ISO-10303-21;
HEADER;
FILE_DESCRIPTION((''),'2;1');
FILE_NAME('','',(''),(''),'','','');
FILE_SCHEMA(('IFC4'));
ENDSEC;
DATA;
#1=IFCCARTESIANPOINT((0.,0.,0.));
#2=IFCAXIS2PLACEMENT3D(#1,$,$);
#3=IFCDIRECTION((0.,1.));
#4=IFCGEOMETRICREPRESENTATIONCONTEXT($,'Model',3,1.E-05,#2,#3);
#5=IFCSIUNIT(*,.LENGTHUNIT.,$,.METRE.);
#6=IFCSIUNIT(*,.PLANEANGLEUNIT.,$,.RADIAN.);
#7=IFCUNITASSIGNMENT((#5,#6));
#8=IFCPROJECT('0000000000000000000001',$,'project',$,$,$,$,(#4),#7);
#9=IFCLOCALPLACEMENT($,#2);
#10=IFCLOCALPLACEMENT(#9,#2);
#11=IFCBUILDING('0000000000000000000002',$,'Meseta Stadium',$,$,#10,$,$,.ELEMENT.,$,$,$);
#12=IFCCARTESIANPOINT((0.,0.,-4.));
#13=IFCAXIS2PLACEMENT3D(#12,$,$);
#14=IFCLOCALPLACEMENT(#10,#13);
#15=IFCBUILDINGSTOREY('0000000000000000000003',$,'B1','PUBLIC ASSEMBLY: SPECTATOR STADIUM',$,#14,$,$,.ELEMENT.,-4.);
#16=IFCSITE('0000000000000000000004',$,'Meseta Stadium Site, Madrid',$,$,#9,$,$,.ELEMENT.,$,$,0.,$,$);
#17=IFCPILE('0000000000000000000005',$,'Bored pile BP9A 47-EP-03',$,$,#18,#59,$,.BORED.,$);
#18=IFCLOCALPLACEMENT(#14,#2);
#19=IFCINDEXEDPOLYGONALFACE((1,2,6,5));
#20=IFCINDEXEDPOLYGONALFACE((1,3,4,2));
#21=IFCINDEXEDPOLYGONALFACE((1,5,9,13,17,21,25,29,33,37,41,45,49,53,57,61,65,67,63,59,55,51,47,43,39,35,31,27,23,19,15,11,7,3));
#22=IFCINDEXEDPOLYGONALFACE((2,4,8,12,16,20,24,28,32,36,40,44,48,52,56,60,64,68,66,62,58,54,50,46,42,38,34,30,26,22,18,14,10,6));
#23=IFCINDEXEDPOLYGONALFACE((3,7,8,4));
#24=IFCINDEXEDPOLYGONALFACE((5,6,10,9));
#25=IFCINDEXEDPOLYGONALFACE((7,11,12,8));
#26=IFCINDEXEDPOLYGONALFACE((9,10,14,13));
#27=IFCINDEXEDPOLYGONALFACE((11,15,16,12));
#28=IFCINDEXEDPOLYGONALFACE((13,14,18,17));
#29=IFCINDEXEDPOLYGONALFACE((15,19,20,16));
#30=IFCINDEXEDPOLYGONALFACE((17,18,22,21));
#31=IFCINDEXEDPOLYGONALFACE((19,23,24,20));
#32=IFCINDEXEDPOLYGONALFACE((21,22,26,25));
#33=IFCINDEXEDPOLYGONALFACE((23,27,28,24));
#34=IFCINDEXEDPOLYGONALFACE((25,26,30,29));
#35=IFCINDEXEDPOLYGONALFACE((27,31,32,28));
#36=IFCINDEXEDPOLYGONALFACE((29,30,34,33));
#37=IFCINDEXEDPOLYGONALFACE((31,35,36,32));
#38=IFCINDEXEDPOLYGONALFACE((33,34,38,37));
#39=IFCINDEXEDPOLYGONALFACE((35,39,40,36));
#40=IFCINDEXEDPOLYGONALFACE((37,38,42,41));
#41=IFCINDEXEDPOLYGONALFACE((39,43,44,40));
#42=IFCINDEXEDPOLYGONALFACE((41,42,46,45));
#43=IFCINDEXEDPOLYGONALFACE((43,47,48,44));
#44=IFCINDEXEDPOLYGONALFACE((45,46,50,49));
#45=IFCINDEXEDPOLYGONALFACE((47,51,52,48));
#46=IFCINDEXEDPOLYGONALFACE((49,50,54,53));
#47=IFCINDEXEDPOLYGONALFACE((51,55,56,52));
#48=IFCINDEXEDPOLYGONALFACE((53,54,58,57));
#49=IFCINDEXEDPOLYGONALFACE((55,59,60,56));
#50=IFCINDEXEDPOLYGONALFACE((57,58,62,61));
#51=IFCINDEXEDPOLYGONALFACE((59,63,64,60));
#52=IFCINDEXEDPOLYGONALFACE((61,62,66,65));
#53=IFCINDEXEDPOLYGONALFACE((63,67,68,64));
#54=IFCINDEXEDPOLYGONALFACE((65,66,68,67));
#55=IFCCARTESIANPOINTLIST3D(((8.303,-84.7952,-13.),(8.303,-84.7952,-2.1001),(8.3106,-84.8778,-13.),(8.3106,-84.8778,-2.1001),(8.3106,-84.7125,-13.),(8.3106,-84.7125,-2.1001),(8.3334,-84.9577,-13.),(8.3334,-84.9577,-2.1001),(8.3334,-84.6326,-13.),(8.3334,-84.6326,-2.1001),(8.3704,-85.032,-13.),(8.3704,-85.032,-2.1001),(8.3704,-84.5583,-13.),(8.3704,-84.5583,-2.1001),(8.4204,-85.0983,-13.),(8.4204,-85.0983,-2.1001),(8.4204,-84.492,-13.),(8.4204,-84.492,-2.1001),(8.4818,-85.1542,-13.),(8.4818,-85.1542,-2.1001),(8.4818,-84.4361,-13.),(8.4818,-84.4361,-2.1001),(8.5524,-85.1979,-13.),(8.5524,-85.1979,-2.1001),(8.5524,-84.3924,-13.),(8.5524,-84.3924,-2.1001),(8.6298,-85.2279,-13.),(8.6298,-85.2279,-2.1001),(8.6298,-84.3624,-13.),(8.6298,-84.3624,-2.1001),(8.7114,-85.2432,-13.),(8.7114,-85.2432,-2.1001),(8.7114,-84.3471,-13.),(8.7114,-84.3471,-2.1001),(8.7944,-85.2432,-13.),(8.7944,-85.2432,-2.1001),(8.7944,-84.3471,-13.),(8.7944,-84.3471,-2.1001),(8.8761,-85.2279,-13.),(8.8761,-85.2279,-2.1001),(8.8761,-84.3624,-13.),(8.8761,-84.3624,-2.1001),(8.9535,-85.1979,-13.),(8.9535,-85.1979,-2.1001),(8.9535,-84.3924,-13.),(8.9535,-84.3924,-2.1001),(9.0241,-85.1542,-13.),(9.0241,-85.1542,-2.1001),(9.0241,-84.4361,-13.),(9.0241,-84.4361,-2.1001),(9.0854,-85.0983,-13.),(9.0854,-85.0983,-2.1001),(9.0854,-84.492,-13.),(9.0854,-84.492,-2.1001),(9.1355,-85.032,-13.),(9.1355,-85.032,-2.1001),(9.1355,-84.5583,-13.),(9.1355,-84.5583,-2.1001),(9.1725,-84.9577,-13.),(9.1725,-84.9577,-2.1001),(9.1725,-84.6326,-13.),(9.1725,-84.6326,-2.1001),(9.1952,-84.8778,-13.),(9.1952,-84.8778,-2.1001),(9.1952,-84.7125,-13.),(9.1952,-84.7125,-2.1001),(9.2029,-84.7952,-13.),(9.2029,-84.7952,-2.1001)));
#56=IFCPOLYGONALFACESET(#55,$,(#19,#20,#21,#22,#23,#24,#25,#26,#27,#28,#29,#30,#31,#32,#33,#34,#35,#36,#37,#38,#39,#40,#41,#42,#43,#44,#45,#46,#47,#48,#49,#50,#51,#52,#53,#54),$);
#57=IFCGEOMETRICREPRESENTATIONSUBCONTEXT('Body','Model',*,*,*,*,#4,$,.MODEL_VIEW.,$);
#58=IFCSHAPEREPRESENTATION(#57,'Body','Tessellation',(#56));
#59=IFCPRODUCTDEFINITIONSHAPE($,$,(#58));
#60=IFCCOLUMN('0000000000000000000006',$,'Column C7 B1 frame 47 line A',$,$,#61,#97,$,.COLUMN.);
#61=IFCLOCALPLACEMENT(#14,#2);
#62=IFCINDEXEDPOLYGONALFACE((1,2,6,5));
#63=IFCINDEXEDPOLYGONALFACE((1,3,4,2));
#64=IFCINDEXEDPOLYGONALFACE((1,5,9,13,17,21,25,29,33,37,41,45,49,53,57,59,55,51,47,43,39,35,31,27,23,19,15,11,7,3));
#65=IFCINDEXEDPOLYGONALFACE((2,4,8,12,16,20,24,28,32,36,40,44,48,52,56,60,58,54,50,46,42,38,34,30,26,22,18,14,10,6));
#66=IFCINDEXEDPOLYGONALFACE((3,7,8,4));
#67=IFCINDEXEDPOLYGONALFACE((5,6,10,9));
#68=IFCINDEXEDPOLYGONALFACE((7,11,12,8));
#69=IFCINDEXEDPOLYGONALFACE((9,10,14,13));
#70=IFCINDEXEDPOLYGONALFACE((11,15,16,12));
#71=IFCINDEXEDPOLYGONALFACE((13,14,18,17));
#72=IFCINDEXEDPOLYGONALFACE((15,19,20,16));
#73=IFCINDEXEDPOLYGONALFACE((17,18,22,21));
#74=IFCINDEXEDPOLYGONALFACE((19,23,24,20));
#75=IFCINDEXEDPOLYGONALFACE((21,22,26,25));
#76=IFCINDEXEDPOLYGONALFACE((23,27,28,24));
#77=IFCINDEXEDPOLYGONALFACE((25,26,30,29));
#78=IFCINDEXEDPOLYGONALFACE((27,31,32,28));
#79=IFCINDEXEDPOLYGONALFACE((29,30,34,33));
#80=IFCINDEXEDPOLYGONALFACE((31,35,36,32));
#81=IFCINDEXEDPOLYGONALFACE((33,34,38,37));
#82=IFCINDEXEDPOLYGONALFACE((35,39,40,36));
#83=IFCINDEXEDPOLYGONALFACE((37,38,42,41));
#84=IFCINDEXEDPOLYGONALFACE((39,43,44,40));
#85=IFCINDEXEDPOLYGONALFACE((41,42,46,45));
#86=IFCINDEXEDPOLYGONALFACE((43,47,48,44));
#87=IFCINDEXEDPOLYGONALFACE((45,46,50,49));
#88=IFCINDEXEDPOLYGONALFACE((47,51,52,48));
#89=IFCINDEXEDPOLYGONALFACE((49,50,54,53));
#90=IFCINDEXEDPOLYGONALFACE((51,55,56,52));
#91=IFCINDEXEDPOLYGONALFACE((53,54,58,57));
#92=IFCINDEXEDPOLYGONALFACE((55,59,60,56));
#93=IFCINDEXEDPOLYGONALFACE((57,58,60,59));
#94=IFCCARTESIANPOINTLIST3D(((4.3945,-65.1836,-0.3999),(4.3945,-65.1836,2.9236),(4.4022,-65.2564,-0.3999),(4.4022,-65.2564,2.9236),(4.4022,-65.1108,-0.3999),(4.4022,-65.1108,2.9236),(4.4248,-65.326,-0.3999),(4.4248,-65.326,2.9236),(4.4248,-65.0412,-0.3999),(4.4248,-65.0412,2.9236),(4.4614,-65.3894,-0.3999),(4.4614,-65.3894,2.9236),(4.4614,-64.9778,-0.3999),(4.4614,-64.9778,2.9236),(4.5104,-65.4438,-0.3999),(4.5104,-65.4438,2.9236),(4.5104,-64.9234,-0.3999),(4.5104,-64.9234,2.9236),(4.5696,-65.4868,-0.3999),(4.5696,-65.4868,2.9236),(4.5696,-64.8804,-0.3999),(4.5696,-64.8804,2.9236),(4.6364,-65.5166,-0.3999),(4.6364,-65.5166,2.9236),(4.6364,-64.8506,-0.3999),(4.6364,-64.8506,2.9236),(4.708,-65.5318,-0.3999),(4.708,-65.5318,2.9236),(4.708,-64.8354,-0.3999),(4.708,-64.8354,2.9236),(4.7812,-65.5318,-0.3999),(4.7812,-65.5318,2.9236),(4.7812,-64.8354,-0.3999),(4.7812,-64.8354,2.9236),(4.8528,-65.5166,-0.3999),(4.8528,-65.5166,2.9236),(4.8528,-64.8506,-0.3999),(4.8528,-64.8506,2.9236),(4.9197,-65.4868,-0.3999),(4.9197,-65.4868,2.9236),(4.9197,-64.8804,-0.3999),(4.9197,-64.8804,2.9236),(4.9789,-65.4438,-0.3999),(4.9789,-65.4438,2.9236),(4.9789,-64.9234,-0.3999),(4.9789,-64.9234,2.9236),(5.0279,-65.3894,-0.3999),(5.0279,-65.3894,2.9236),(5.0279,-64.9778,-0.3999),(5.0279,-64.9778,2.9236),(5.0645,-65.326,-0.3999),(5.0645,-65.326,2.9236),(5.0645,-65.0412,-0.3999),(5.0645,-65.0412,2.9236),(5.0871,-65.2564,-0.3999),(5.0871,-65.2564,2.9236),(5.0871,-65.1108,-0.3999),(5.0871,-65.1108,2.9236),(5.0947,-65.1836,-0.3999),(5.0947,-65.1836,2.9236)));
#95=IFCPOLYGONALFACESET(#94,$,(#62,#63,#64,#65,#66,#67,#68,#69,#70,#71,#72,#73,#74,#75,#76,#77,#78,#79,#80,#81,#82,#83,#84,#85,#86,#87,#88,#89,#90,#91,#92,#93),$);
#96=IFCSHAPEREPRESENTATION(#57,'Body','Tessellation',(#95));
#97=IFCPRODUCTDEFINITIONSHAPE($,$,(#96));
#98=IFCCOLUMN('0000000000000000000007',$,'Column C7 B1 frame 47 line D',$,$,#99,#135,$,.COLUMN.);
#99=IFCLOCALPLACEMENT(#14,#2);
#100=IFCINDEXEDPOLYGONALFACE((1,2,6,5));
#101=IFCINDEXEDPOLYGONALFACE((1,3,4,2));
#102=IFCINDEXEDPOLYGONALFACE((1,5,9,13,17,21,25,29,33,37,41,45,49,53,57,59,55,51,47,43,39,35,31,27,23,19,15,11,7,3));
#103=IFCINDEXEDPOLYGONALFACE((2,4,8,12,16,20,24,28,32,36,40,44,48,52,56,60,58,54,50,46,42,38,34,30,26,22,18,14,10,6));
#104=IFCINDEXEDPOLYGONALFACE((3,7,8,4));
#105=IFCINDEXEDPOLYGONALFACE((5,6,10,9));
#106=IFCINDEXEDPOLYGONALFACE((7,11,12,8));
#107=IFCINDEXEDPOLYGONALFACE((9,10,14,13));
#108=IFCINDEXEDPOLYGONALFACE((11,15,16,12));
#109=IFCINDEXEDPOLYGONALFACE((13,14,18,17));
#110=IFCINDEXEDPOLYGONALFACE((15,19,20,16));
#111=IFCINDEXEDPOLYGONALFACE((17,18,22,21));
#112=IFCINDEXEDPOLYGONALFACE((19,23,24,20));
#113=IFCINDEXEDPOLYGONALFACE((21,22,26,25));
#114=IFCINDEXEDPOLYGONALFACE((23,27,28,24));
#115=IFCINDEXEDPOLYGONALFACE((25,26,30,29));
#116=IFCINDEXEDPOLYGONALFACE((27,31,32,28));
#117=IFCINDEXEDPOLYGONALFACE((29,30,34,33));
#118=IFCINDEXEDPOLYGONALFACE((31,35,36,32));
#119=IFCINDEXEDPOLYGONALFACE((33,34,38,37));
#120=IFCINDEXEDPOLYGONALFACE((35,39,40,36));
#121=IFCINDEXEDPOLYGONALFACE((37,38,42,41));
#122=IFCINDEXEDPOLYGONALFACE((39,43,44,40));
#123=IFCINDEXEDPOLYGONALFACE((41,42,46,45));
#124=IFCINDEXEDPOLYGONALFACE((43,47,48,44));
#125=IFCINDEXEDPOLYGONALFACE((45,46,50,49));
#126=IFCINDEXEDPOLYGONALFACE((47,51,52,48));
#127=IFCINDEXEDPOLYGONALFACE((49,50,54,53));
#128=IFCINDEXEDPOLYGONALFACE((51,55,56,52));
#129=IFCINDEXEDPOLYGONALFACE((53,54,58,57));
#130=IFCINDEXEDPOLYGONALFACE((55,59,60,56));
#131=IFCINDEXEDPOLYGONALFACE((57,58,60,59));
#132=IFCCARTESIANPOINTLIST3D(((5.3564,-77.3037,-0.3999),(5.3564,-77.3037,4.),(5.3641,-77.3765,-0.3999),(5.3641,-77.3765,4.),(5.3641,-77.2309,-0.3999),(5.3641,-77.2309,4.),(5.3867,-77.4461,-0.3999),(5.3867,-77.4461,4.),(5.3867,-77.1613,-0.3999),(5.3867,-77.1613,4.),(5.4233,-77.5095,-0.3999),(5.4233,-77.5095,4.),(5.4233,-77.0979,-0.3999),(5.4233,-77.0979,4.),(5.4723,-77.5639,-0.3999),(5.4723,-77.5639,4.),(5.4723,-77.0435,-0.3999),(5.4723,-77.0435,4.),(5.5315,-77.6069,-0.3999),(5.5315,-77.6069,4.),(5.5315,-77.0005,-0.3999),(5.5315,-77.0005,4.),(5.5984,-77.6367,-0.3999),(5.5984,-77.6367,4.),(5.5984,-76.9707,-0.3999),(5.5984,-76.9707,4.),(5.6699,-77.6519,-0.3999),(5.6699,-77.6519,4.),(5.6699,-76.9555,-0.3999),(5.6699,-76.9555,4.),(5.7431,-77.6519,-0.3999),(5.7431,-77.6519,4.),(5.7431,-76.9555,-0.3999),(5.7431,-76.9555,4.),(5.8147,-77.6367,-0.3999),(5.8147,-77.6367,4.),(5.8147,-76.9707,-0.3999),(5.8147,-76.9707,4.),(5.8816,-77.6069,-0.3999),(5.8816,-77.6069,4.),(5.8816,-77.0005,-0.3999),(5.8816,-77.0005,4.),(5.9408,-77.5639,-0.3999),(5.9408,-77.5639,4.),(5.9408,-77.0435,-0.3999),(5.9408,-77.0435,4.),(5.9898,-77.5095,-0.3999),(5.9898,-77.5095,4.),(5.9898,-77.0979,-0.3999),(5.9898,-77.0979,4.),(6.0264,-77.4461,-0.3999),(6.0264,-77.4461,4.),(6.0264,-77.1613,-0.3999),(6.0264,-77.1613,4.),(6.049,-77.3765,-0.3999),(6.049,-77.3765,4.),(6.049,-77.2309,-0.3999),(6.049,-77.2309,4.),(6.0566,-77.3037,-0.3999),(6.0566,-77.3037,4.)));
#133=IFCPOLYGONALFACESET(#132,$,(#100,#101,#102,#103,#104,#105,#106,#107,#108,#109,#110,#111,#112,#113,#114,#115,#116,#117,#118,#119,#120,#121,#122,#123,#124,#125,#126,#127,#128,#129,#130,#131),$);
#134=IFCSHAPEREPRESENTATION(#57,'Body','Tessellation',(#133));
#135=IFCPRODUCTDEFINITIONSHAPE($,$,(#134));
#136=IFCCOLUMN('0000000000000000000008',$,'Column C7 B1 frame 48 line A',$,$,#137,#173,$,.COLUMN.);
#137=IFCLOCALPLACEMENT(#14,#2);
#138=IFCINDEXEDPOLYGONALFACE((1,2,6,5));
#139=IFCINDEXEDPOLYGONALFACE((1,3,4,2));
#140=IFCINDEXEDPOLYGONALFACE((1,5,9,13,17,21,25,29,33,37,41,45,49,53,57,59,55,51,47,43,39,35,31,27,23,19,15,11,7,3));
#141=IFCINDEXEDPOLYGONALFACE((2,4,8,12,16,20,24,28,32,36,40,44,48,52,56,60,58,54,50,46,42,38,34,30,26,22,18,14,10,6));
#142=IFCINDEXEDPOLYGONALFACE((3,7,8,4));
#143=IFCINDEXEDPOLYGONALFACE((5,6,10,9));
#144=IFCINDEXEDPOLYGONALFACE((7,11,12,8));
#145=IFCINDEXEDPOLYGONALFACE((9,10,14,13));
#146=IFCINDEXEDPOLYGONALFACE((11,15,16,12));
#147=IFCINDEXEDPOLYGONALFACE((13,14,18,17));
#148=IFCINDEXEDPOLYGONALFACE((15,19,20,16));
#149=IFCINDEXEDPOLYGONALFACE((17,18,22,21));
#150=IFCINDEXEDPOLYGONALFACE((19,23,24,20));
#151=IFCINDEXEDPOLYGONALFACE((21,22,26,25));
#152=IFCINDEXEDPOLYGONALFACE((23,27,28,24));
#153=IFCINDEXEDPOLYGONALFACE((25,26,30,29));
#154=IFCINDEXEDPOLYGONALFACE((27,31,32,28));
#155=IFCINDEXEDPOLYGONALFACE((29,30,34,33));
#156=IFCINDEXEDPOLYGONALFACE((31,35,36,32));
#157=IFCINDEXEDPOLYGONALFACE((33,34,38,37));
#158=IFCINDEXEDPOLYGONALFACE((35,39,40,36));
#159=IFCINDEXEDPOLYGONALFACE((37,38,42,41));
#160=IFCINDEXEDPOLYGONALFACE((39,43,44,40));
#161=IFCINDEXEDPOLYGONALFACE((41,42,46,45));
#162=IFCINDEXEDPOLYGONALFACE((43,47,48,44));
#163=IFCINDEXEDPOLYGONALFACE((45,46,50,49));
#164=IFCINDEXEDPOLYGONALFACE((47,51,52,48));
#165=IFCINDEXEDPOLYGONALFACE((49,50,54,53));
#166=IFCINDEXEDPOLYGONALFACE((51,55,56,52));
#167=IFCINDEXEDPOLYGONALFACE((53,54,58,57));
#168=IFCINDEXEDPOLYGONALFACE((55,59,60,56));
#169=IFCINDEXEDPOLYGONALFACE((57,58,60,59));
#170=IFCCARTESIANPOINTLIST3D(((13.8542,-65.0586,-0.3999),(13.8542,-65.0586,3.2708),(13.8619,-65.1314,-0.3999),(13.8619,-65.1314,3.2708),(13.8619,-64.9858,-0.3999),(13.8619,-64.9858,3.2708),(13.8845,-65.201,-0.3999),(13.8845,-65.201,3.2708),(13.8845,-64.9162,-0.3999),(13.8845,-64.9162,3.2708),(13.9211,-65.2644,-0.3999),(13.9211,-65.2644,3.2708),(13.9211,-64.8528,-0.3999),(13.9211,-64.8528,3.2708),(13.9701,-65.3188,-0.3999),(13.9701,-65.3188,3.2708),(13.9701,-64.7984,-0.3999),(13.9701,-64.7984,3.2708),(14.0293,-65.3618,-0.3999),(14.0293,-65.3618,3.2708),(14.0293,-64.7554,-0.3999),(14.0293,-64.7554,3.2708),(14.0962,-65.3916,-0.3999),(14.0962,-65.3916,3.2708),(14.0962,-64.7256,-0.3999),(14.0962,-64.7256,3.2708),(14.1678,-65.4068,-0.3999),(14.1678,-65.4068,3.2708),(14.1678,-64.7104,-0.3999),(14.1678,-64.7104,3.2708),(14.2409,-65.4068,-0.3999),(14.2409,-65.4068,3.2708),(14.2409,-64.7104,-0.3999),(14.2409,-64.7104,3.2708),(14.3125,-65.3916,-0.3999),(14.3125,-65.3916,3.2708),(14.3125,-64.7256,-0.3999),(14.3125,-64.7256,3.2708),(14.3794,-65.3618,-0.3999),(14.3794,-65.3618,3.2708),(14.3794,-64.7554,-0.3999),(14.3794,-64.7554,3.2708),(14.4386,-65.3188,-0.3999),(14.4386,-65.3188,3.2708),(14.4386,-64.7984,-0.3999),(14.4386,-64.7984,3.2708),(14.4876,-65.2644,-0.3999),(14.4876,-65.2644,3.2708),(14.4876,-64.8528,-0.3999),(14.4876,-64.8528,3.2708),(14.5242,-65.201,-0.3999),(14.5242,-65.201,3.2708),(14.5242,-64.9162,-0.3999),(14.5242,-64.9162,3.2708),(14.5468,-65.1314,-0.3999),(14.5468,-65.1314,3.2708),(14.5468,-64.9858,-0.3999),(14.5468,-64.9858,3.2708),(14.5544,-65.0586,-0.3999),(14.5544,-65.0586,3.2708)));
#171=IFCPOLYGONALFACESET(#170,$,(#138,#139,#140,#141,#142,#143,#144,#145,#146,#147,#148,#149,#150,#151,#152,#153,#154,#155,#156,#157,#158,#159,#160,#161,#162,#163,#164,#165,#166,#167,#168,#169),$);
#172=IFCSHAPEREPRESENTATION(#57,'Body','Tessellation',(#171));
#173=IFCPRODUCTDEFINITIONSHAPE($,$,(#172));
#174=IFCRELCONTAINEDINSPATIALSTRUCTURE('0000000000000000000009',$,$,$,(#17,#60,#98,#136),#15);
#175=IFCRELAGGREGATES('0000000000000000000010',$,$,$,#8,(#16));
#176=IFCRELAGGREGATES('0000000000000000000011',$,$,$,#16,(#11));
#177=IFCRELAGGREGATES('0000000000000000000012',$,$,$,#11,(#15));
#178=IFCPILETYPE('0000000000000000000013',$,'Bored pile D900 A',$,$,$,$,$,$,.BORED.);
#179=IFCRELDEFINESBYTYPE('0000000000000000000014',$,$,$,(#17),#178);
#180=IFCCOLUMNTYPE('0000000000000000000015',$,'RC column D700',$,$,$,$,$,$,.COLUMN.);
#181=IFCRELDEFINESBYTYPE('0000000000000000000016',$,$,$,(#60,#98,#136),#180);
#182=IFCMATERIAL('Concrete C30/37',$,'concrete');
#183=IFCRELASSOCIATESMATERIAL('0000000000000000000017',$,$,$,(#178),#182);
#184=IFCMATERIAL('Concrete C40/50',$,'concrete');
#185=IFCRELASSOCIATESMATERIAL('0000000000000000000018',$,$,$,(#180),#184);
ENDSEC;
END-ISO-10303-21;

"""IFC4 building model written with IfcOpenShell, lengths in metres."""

from ifc_helpers import new_model, si_unit, direction, frame, origin, origin_2d, place, context, subcontext, project, spatial, circle, extrude, material, material_profile, profile_set, type_object, element, save


model = new_model("IFC4")

# Units and contexts
model_context = context("Model", 3, precision=1e-05, world=origin(), true_north=direction((0.0, 1.0)))
body_context = subcontext(model_context, "Body", "Model", "MODEL_VIEW")
ifc_project = project(units=[si_unit("LENGTHUNIT", "METRE"), si_unit("PLANEANGLEUNIT", "RADIAN")], contexts=[model_context])

# Site, building, storey
site_placement = place(None, origin())
site = spatial("IfcSite", under=ifc_project, at=site_placement, Name="Meseta Stadium Site, Madrid", CompositionType="ELEMENT", RefElevation=0.0)
building_placement = place(site_placement, origin())
building = spatial("IfcBuilding", under=site, at=building_placement, Name="Meseta Stadium", CompositionType="ELEMENT")
storey_placement = place(building_placement, frame((0.0, 0.0, -4.0)))
storey = spatial("IfcBuildingStorey", under=building, at=storey_placement, Name="B1", Description="PUBLIC ASSEMBLY: SPECTATOR STADIUM", CompositionType="ELEMENT", Elevation=-4.0)

# Pile
ifc_material_1 = material(Name="Concrete C30/37", Category="concrete")
ifc_material_profile_1 = material_profile(ifc_material_1, circle(Radius=0.45, at=origin_2d()), Name="D900")
ifc_profile_set_1 = profile_set([ifc_material_profile_1], Name="Concrete C30/37")
pile_type = type_object("IfcPileType", Name="Bored pile D900 A", PredefinedType="BORED", material=ifc_profile_set_1)
pile_placement = place(storey_placement, frame((8.7529, -84.7952, -2.1001), z_axis=(0.0, 0.0, -1.0), x_axis=(1.0, 0.0, 0.0)))
element("IfcPile", 1, at=pile_placement, inside=storey, type_object=pile_type, Name="Bored pile BP9A 47-EP-03", PredefinedType="BORED", context=body_context, shape_type="SweptSolid", body=[
    extrude(circle(Radius=0.45, at=origin_2d()), origin(), (0.0, 0.0, 1.0), 10.8999),
])

# Columns
ifc_material_2 = material(Name="Concrete C40/50", Category="concrete")
ifc_material_profile_2 = material_profile(ifc_material_2, circle(Radius=0.3501, at=origin_2d()), Name="RC D700")
ifc_profile_set_2 = profile_set([ifc_material_profile_2], Name="Concrete C40/50")
column_type_1 = type_object("IfcColumnType", Name="RC column D700", PredefinedType="COLUMN", material=ifc_profile_set_2)
column_1_placement = place(storey_placement, frame((4.7446, -65.1836, -0.3999), z_axis=(0.0, 0.0, 1.0), x_axis=(1.0, 0.0, 0.0)))
element("IfcColumn", 2, at=column_1_placement, inside=storey, type_object=column_type_1, Name="Column C7 B1 frame 47 line A", PredefinedType="COLUMN", context=body_context, shape_type="SweptSolid", body=[
    extrude(circle(Radius=0.3501, at=origin_2d()), origin(), (0.0, 0.0, 1.0), 3.3235),
])
column_2_placement = place(storey_placement, frame((5.7065, -77.3037, -0.3999), z_axis=(0.0, 0.0, 1.0), x_axis=(1.0, 0.0, 0.0)))
element("IfcColumn", 3, at=column_2_placement, inside=storey, type_object=column_type_1, Name="Column C7 B1 frame 47 line D", PredefinedType="COLUMN", context=body_context, shape_type="SweptSolid", body=[
    extrude(circle(Radius=0.3501, at=origin_2d()), origin(), (0.0, 0.0, 1.0), 4.3999),
])
column_3_placement = place(storey_placement, frame((14.2043, -65.0586, -0.3999), z_axis=(0.0, 0.0, 1.0), x_axis=(1.0, 0.0, 0.0)))
element("IfcColumn", 4, at=column_3_placement, inside=storey, type_object=column_type_1, Name="Column C7 B1 frame 48 line A", PredefinedType="COLUMN", context=body_context, shape_type="SweptSolid", body=[
    extrude(circle(Radius=0.3501, at=origin_2d()), origin(), (0.0, 0.0, 1.0), 3.6707),
])

save(model, "model.ifc")
